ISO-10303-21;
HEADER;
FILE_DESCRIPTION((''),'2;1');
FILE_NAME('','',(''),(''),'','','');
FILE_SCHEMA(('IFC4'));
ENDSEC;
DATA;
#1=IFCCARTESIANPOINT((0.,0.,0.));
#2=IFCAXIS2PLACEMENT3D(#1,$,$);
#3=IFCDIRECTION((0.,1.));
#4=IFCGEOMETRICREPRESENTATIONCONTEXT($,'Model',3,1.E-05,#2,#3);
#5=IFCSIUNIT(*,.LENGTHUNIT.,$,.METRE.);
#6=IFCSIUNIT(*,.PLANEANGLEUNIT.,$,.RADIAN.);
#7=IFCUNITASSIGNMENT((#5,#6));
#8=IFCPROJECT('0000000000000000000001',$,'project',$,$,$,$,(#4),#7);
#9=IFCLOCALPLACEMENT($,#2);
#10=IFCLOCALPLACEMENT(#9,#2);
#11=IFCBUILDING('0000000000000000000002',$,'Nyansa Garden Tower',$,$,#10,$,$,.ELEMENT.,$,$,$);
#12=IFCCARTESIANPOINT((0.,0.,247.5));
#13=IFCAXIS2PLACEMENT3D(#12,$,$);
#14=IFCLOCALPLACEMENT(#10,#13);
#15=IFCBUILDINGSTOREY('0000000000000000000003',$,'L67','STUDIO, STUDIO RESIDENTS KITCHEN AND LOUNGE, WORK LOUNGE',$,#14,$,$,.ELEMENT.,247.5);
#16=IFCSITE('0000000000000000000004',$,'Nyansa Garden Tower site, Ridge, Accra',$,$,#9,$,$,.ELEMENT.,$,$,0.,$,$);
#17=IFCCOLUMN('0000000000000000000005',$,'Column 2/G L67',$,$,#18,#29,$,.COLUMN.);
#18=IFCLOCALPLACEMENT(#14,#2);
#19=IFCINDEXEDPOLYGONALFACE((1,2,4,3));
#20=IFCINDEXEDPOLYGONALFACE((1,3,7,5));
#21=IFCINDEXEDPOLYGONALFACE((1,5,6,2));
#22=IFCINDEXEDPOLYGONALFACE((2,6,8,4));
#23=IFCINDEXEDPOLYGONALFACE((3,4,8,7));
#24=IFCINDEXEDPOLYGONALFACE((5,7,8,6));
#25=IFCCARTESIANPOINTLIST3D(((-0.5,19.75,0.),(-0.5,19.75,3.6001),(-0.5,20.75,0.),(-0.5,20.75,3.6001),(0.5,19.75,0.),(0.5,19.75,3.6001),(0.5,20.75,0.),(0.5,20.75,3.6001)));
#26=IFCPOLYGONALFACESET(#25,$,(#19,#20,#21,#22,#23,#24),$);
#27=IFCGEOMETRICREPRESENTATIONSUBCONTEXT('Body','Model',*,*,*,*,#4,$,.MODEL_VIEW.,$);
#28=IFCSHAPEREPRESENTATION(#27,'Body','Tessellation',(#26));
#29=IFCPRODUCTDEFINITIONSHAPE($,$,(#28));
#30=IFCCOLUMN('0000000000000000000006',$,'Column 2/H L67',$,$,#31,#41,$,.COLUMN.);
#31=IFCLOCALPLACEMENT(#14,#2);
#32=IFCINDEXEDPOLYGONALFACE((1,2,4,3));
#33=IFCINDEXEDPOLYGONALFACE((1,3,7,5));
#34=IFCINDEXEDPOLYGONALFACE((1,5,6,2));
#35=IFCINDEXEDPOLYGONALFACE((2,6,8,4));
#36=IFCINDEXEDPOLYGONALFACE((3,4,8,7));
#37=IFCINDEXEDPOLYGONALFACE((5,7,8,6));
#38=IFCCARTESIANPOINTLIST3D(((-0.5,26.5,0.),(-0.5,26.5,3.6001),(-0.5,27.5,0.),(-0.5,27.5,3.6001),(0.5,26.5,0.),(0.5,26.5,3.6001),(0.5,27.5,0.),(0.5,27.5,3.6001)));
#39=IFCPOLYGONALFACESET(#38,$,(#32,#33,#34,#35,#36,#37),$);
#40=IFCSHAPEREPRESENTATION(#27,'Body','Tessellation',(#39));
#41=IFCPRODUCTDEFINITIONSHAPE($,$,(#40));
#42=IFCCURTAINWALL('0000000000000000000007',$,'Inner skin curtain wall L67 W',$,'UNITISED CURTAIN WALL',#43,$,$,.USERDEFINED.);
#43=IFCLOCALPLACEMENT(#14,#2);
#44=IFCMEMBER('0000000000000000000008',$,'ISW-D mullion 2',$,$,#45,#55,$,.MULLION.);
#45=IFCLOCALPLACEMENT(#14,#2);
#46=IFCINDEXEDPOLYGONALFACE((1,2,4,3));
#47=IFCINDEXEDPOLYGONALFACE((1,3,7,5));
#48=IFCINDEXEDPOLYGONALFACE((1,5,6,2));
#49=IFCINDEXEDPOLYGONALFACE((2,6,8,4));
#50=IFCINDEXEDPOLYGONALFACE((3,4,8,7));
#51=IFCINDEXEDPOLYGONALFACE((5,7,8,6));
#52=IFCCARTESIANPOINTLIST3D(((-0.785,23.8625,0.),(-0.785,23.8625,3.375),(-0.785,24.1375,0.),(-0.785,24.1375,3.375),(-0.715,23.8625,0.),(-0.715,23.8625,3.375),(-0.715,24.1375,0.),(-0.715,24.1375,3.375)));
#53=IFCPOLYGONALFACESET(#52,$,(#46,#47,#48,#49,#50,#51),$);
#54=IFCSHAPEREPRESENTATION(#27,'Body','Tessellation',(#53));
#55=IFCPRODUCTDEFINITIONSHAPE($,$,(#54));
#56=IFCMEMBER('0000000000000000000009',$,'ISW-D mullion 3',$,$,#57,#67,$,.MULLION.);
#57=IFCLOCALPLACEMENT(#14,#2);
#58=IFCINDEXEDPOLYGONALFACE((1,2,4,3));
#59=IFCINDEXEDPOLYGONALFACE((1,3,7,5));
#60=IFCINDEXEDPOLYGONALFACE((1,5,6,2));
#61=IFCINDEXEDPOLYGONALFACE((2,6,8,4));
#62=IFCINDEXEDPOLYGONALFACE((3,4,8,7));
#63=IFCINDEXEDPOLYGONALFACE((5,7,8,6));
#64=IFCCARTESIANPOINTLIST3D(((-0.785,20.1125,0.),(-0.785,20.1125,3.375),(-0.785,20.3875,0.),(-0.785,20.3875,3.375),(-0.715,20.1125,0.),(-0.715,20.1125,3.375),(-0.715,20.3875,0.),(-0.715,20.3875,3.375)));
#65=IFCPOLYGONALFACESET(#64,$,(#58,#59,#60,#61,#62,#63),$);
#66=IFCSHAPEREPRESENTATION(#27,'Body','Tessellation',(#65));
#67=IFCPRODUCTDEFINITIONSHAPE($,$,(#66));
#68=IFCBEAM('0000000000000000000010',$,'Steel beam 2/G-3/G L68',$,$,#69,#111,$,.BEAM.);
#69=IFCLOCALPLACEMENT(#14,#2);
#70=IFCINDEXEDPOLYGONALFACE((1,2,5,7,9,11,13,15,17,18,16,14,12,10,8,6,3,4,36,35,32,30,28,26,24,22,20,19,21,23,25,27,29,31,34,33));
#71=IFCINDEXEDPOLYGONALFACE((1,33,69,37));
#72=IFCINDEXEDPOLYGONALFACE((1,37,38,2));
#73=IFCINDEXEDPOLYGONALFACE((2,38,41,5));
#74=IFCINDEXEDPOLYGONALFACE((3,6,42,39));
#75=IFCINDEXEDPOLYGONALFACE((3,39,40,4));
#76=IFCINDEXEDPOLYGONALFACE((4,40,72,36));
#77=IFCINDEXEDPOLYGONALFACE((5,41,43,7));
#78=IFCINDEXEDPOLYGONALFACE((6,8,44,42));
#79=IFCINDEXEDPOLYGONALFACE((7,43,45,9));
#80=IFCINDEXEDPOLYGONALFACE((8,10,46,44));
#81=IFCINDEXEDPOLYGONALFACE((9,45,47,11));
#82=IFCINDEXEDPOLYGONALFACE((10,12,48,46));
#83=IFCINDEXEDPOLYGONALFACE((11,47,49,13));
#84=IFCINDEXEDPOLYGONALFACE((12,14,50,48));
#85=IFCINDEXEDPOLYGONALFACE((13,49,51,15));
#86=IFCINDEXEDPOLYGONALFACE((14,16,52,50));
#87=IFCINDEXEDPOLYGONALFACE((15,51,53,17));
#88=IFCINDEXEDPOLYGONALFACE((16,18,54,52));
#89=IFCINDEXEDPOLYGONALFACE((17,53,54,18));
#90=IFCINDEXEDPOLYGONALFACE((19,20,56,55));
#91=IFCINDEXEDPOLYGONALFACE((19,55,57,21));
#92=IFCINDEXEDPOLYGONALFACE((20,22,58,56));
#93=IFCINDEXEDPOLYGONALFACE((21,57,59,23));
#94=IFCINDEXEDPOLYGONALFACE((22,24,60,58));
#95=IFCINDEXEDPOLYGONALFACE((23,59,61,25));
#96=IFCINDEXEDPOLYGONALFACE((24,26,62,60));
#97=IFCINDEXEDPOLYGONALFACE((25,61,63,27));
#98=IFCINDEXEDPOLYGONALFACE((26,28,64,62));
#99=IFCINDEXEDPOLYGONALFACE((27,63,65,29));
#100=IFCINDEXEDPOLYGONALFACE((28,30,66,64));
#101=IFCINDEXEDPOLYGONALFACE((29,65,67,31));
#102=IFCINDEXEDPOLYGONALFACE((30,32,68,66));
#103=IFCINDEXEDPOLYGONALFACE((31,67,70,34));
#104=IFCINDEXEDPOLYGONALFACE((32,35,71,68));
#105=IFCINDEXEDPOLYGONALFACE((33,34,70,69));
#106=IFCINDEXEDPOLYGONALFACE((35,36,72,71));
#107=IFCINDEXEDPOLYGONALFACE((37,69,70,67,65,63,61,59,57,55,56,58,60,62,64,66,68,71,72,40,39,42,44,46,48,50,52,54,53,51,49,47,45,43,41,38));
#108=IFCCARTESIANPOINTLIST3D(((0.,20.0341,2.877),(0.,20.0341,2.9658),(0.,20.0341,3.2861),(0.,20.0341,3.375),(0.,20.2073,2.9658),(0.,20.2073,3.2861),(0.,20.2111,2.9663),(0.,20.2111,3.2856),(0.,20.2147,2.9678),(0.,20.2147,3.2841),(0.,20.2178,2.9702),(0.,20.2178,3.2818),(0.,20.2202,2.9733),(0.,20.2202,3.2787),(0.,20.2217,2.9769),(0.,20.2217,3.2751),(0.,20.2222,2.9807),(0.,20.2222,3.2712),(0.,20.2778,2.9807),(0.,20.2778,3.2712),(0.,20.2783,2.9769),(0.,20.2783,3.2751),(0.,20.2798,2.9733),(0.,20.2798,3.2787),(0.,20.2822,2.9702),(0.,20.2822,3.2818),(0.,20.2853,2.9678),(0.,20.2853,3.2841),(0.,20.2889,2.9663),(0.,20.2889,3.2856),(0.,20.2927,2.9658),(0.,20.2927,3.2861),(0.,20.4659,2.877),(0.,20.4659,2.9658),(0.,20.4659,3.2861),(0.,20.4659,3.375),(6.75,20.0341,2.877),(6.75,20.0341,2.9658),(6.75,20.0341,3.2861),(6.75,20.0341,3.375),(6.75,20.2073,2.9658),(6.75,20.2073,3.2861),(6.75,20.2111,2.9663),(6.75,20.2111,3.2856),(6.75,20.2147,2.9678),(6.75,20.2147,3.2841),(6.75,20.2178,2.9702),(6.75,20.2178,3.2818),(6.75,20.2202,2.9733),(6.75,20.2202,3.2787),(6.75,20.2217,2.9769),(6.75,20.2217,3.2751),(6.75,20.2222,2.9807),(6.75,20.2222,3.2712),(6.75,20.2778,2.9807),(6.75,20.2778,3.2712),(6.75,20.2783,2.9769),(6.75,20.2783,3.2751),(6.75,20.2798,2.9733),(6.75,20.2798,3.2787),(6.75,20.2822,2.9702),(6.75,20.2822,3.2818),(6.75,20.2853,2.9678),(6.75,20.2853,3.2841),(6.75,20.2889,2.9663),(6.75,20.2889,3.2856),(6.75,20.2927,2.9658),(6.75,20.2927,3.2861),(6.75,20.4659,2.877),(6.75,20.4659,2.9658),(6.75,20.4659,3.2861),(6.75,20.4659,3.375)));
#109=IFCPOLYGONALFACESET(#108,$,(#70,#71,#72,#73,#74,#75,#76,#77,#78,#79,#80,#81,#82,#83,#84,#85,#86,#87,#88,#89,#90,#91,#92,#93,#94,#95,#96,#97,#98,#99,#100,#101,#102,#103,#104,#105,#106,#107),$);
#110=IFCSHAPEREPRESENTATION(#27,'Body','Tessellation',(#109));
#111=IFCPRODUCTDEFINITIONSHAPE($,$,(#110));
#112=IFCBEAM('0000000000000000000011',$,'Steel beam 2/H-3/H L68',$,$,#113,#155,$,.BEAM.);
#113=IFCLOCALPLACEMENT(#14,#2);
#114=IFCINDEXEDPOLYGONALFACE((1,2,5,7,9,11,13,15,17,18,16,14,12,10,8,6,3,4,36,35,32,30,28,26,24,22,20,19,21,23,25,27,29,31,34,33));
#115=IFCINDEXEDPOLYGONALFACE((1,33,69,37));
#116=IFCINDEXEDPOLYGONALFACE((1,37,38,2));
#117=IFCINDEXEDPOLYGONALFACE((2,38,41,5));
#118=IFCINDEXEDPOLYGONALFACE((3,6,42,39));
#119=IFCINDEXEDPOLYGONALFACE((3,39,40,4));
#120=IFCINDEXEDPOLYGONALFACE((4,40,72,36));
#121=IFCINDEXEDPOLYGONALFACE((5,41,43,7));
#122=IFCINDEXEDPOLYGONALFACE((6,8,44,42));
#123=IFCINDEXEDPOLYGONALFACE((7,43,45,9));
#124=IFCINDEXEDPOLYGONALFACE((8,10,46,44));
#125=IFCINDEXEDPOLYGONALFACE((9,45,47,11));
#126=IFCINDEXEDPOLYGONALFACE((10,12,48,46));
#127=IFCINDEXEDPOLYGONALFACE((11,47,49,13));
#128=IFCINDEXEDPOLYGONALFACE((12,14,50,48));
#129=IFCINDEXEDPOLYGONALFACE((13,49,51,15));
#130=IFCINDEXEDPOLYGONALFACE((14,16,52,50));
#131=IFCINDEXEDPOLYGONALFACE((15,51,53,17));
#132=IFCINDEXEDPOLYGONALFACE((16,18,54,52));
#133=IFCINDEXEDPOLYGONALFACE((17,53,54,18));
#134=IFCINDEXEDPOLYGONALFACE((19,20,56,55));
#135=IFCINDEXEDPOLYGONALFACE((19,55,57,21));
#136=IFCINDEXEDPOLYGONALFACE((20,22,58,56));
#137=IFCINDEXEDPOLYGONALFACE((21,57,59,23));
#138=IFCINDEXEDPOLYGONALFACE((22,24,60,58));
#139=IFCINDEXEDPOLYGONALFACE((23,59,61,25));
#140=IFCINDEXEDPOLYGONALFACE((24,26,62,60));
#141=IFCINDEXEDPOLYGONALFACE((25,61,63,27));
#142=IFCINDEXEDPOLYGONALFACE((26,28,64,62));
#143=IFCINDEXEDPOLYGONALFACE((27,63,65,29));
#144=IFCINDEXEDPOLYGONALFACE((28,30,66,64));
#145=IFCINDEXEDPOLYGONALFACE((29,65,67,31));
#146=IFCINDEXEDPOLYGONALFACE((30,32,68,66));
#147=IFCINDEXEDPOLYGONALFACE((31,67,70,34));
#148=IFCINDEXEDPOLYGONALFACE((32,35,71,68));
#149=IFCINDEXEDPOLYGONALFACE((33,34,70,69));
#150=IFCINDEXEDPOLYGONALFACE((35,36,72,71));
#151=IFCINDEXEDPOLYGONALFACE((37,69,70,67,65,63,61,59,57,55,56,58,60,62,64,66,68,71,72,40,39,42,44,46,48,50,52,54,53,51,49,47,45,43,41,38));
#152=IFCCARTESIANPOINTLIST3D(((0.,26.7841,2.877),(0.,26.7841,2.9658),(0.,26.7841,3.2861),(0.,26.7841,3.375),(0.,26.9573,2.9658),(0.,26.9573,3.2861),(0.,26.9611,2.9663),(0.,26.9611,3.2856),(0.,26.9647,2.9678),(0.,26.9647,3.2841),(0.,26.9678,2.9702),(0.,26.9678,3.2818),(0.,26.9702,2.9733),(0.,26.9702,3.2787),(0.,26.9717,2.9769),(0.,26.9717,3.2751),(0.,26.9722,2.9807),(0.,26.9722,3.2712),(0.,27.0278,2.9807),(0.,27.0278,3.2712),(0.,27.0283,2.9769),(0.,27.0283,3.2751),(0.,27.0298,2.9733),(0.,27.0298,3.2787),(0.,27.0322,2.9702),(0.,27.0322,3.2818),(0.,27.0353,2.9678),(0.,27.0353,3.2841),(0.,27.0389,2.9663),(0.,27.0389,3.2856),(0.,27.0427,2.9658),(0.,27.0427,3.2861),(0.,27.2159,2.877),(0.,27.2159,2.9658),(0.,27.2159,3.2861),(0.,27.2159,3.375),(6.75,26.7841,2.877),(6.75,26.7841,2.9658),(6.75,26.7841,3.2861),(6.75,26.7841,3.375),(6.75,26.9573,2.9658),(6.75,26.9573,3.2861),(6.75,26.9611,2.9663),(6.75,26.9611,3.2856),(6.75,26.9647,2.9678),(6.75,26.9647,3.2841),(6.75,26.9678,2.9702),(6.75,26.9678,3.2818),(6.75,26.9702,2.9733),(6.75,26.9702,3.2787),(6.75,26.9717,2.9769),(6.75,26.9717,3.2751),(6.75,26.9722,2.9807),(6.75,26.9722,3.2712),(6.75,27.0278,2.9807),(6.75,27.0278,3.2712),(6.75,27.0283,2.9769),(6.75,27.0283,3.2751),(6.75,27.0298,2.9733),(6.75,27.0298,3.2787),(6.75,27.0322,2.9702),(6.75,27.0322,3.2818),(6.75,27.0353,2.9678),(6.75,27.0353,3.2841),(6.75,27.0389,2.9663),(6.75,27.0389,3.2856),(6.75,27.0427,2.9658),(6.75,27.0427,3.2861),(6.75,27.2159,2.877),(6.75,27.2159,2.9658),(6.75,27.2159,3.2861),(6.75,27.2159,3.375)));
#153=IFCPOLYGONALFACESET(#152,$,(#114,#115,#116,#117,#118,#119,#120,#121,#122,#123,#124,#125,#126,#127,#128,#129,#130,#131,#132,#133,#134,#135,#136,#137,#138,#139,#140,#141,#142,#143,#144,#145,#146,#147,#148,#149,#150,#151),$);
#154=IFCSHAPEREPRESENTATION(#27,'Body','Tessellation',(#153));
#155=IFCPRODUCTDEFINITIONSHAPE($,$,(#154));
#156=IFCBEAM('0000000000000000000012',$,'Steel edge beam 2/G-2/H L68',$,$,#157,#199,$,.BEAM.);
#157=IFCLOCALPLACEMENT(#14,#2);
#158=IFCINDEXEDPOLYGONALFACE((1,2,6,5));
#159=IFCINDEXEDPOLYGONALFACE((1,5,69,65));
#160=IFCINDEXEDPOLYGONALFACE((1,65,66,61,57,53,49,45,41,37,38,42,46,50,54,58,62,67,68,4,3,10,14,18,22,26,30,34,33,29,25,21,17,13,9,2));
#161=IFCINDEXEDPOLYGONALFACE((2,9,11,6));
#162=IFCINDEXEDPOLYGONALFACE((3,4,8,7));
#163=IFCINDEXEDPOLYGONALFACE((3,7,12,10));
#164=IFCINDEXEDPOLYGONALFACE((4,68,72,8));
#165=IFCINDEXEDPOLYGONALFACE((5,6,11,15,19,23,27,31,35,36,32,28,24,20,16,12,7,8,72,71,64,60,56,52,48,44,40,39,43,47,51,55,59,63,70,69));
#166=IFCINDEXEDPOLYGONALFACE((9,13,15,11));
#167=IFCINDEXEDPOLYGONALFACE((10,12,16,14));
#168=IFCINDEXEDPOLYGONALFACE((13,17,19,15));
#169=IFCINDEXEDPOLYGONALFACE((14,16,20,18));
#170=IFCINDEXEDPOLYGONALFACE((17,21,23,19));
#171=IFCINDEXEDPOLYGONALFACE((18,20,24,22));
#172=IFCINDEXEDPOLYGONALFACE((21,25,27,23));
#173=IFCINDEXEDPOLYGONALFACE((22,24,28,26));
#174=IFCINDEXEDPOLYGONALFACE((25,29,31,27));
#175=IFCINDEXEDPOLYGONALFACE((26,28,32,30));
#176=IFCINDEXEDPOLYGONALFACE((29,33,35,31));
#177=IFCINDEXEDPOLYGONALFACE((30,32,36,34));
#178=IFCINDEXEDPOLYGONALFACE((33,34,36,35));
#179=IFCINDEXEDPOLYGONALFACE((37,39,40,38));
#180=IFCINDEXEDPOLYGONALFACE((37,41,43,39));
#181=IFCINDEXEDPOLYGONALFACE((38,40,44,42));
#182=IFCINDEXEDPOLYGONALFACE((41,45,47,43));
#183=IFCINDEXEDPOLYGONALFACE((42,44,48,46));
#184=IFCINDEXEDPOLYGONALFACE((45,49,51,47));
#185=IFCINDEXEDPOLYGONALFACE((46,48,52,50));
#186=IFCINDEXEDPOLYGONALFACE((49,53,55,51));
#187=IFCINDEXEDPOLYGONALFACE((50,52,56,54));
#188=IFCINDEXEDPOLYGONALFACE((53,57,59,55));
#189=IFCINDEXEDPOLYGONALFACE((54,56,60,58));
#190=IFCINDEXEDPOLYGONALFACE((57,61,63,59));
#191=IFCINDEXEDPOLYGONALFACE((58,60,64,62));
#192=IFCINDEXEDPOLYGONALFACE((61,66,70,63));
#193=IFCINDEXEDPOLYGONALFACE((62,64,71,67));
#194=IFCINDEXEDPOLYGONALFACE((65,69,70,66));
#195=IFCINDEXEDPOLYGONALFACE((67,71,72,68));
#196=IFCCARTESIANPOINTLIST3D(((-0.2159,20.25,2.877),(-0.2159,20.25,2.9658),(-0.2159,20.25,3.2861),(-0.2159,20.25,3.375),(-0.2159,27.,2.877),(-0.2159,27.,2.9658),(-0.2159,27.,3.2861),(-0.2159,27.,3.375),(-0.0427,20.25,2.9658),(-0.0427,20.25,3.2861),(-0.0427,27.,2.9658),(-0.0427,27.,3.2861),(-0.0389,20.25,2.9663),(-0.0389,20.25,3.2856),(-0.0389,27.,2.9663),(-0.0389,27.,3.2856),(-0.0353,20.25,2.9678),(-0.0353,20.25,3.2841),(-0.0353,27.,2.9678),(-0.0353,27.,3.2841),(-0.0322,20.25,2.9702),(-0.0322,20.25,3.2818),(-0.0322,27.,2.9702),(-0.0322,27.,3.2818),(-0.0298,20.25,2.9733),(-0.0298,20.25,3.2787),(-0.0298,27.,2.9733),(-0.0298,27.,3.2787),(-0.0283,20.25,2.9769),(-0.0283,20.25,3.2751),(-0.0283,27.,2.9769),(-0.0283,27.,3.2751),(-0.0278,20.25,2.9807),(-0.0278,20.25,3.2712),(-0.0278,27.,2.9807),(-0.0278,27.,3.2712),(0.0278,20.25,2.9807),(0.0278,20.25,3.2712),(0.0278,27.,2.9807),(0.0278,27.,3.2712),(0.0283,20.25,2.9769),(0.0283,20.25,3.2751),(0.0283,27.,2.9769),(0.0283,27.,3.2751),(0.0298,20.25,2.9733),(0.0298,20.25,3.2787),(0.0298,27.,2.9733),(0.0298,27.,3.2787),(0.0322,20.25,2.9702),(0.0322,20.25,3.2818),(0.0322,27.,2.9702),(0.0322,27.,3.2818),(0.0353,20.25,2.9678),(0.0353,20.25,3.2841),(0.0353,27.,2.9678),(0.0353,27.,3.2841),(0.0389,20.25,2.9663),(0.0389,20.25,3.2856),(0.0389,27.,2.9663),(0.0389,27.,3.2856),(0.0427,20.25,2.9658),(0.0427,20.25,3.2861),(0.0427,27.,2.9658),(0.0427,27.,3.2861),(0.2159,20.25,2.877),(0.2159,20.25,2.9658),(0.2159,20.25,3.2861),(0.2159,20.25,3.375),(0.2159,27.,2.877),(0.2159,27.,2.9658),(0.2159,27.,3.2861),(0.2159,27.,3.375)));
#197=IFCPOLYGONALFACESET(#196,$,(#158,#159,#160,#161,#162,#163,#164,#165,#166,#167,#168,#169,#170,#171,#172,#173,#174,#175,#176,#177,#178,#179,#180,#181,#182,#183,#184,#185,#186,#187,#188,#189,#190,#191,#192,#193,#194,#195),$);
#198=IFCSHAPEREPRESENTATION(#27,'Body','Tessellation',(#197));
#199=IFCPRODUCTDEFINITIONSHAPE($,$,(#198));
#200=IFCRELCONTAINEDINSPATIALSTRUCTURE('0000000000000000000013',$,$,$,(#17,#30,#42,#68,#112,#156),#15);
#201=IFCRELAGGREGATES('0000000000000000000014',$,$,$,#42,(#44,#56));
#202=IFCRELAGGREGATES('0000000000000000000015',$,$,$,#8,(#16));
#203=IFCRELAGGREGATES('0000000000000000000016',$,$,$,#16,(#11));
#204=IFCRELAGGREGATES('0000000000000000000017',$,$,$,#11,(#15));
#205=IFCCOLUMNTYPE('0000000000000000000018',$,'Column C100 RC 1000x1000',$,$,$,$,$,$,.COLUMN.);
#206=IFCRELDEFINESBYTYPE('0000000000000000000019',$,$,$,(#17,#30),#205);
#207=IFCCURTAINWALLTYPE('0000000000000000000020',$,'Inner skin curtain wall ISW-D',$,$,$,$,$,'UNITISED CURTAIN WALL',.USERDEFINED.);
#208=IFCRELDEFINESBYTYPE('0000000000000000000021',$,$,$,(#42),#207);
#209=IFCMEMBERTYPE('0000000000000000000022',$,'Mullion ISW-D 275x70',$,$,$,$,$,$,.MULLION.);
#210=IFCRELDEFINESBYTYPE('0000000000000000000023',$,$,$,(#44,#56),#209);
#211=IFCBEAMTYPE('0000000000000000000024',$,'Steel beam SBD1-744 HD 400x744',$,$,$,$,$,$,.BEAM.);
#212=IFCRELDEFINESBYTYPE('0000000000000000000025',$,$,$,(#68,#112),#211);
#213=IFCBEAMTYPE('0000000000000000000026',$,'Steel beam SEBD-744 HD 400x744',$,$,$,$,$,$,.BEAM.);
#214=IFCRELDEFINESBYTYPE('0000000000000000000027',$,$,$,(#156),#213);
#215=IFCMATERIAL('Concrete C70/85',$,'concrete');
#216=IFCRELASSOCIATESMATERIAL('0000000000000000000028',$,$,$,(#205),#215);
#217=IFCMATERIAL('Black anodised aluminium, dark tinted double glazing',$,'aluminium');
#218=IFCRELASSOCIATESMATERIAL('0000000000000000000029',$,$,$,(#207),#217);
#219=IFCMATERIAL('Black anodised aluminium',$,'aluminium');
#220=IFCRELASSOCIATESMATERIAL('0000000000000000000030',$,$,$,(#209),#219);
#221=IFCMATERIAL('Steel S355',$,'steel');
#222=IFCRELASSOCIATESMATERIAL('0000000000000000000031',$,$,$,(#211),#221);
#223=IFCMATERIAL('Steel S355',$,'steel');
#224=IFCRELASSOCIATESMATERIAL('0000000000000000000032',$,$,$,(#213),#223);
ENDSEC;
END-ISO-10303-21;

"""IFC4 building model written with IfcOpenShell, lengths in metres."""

from ifc_helpers import new_model, si_unit, direction, frame, origin, origin_2d, place, context, subcontext, project, spatial, rectangle, i_section, extrude, material, material_profile, profile_set, type_object, element, aggregate, save


model = new_model("IFC4")

# Units and contexts
model_context = context("Model", 3, precision=1e-05, world=origin(), true_north=direction((0.0, 1.0)))
body_context = subcontext(model_context, "Body", "Model", "MODEL_VIEW")
ifc_project = project(units=[si_unit("LENGTHUNIT", "METRE"), si_unit("PLANEANGLEUNIT", "RADIAN")], contexts=[model_context])

# Site, building, storey
site_placement = place(None, origin())
site = spatial("IfcSite", under=ifc_project, at=site_placement, Name="Nyansa Garden Tower site, Ridge, Accra", CompositionType="ELEMENT", RefElevation=0.0)
building_placement = place(site_placement, origin())
building = spatial("IfcBuilding", under=site, at=building_placement, Name="Nyansa Garden Tower", CompositionType="ELEMENT")
storey_placement = place(building_placement, frame((0.0, 0.0, 247.5)))
storey = spatial("IfcBuildingStorey", under=building, at=storey_placement, Name="L67", Description="STUDIO, STUDIO RESIDENTS KITCHEN AND LOUNGE, WORK LOUNGE", CompositionType="ELEMENT", Elevation=247.5)

# Columns
ifc_material_1 = material(Name="Concrete C70/85", Category="concrete")
ifc_material_profile_1 = material_profile(ifc_material_1, rectangle(XDim=1.0, YDim=1.0, at=origin_2d()), Name="RC 1000x1000")
ifc_profile_set_1 = profile_set([ifc_material_profile_1], Name="Concrete C70/85")
column_type = type_object("IfcColumnType", Name="Column C100 RC 1000x1000", PredefinedType="COLUMN", material=ifc_profile_set_1)
for number, where, z_axis, x_axis, name in (
    (1, (0.0, 20.25, 0.0), (0.0, 0.0, 1.0), (1.0, 0.0, 0.0), "Column 2/G L67"),
    (2, (0.0, 27.0, 0.0), (0.0, 0.0, 1.0), (1.0, 0.0, 0.0), "Column 2/H L67"),
):
    element("IfcColumn", number, at=place(storey_placement, frame(where, z_axis=z_axis, x_axis=x_axis)), inside=storey, type_object=column_type, Name=name, PredefinedType="COLUMN", context=body_context, shape_type="SweptSolid", body=[
        extrude(rectangle(XDim=1.0, YDim=1.0, at=origin_2d()), origin(), (0.0, 0.0, 1.0), 3.6001),
    ])

# Curtain wall, members
ifc_material_2 = material(Name="Black anodised aluminium, dark tinted double glazing", Category="aluminium")
curtain_wall_type = type_object("IfcCurtainWallType", Name="Inner skin curtain wall ISW-D", ElementType="UNITISED CURTAIN WALL", PredefinedType="USERDEFINED", material=ifc_material_2)
curtain_wall_placement = place(storey_placement, origin())
curtain_wall = element("IfcCurtainWall", 3, at=curtain_wall_placement, inside=storey, type_object=curtain_wall_type, Name="Inner skin curtain wall L67 W", ObjectType="UNITISED CURTAIN WALL", PredefinedType="USERDEFINED")
ifc_material_3 = material(Name="Black anodised aluminium", Category="aluminium")
ifc_material_profile_2 = material_profile(ifc_material_3, rectangle(XDim=0.0701, YDim=0.2749, at=origin_2d()), Name="Mullion 275x70")
ifc_profile_set_2 = profile_set([ifc_material_profile_2], Name="Black anodised aluminium")
member_type_1 = type_object("IfcMemberType", Name="Mullion ISW-D 275x70", PredefinedType="MULLION", material=ifc_profile_set_2)
member_1_placement = place(storey_placement, frame((-0.75, 24.0, 0.0), z_axis=(0.0, 0.0, 1.0), x_axis=(1.0, 0.0, 0.0)))
member_1 = element("IfcMember", 4, at=member_1_placement, type_object=member_type_1, Name="ISW-D mullion 2", PredefinedType="MULLION", context=body_context, shape_type="SweptSolid", body=[
    extrude(rectangle(XDim=0.0701, YDim=0.2749, at=origin_2d()), origin(), (0.0, 0.0, 1.0), 3.375),
])
member_2_placement = place(storey_placement, frame((-0.75, 20.25, 0.0), z_axis=(0.0, 0.0, 1.0), x_axis=(1.0, 0.0, 0.0)))
member_2 = element("IfcMember", 5, at=member_2_placement, type_object=member_type_1, Name="ISW-D mullion 3", PredefinedType="MULLION", context=body_context, shape_type="SweptSolid", body=[
    extrude(rectangle(XDim=0.0701, YDim=0.2749, at=origin_2d()), origin(), (0.0, 0.0, 1.0), 3.375),
])

# Beams
ifc_material_4 = material(Name="Steel S355", Category="steel")
ifc_material_profile_3 = material_profile(ifc_material_4, i_section(OverallWidth=0.4319, OverallDepth=0.498, WebThickness=0.0557, FlangeThickness=0.0889, FilletRadius=0.0149, at=origin_2d()), Name="HD 400x744")
ifc_profile_set_3 = profile_set([ifc_material_profile_3], Name="Steel S355")
beam_type_1 = type_object("IfcBeamType", Name="Steel beam SBD1-744 HD 400x744", PredefinedType="BEAM", material=ifc_profile_set_3)
for number, where, z_axis, x_axis, name in (
    (6, (0.0, 20.25, 3.126), (1.0, 0.0, 0.0), (0.0, 1.0, 0.0), "Steel beam 2/G-3/G L68"),
    (7, (0.0, 27.0, 3.126), (1.0, 0.0, 0.0), (0.0, 1.0, 0.0), "Steel beam 2/H-3/H L68"),
):
    element("IfcBeam", number, at=place(storey_placement, frame(where, z_axis=z_axis, x_axis=x_axis)), inside=storey, type_object=beam_type_1, Name=name, PredefinedType="BEAM", context=body_context, shape_type="SweptSolid", body=[
        extrude(i_section(OverallWidth=0.4319, OverallDepth=0.498, WebThickness=0.0557, FlangeThickness=0.0889, FilletRadius=0.0149, at=origin_2d()), origin(), (0.0, 0.0, 1.0), 6.75),
    ])
ifc_material_5 = material(Name="Steel S355", Category="steel")
ifc_material_profile_4 = material_profile(ifc_material_5, i_section(OverallWidth=0.4319, OverallDepth=0.498, WebThickness=0.0557, FlangeThickness=0.0889, FilletRadius=0.0149, at=origin_2d()), Name="HD 400x744")
ifc_profile_set_4 = profile_set([ifc_material_profile_4], Name="Steel S355")
beam_type_2 = type_object("IfcBeamType", Name="Steel beam SEBD-744 HD 400x744", PredefinedType="BEAM", material=ifc_profile_set_4)
beam_placement = place(storey_placement, frame((0.0, 20.25, 3.126), z_axis=(0.0, 1.0, 0.0), x_axis=(-1.0, 0.0, 0.0)))
element("IfcBeam", 8, at=beam_placement, inside=storey, type_object=beam_type_2, Name="Steel edge beam 2/G-2/H L68", PredefinedType="BEAM", context=body_context, shape_type="SweptSolid", body=[
    extrude(i_section(OverallWidth=0.4319, OverallDepth=0.498, WebThickness=0.0557, FlangeThickness=0.0889, FilletRadius=0.0149, at=origin_2d()), origin(), (0.0, 0.0, 1.0), 6.75),
])

aggregate(curtain_wall, [member_1, member_2])

save(model, "model.ifc")
